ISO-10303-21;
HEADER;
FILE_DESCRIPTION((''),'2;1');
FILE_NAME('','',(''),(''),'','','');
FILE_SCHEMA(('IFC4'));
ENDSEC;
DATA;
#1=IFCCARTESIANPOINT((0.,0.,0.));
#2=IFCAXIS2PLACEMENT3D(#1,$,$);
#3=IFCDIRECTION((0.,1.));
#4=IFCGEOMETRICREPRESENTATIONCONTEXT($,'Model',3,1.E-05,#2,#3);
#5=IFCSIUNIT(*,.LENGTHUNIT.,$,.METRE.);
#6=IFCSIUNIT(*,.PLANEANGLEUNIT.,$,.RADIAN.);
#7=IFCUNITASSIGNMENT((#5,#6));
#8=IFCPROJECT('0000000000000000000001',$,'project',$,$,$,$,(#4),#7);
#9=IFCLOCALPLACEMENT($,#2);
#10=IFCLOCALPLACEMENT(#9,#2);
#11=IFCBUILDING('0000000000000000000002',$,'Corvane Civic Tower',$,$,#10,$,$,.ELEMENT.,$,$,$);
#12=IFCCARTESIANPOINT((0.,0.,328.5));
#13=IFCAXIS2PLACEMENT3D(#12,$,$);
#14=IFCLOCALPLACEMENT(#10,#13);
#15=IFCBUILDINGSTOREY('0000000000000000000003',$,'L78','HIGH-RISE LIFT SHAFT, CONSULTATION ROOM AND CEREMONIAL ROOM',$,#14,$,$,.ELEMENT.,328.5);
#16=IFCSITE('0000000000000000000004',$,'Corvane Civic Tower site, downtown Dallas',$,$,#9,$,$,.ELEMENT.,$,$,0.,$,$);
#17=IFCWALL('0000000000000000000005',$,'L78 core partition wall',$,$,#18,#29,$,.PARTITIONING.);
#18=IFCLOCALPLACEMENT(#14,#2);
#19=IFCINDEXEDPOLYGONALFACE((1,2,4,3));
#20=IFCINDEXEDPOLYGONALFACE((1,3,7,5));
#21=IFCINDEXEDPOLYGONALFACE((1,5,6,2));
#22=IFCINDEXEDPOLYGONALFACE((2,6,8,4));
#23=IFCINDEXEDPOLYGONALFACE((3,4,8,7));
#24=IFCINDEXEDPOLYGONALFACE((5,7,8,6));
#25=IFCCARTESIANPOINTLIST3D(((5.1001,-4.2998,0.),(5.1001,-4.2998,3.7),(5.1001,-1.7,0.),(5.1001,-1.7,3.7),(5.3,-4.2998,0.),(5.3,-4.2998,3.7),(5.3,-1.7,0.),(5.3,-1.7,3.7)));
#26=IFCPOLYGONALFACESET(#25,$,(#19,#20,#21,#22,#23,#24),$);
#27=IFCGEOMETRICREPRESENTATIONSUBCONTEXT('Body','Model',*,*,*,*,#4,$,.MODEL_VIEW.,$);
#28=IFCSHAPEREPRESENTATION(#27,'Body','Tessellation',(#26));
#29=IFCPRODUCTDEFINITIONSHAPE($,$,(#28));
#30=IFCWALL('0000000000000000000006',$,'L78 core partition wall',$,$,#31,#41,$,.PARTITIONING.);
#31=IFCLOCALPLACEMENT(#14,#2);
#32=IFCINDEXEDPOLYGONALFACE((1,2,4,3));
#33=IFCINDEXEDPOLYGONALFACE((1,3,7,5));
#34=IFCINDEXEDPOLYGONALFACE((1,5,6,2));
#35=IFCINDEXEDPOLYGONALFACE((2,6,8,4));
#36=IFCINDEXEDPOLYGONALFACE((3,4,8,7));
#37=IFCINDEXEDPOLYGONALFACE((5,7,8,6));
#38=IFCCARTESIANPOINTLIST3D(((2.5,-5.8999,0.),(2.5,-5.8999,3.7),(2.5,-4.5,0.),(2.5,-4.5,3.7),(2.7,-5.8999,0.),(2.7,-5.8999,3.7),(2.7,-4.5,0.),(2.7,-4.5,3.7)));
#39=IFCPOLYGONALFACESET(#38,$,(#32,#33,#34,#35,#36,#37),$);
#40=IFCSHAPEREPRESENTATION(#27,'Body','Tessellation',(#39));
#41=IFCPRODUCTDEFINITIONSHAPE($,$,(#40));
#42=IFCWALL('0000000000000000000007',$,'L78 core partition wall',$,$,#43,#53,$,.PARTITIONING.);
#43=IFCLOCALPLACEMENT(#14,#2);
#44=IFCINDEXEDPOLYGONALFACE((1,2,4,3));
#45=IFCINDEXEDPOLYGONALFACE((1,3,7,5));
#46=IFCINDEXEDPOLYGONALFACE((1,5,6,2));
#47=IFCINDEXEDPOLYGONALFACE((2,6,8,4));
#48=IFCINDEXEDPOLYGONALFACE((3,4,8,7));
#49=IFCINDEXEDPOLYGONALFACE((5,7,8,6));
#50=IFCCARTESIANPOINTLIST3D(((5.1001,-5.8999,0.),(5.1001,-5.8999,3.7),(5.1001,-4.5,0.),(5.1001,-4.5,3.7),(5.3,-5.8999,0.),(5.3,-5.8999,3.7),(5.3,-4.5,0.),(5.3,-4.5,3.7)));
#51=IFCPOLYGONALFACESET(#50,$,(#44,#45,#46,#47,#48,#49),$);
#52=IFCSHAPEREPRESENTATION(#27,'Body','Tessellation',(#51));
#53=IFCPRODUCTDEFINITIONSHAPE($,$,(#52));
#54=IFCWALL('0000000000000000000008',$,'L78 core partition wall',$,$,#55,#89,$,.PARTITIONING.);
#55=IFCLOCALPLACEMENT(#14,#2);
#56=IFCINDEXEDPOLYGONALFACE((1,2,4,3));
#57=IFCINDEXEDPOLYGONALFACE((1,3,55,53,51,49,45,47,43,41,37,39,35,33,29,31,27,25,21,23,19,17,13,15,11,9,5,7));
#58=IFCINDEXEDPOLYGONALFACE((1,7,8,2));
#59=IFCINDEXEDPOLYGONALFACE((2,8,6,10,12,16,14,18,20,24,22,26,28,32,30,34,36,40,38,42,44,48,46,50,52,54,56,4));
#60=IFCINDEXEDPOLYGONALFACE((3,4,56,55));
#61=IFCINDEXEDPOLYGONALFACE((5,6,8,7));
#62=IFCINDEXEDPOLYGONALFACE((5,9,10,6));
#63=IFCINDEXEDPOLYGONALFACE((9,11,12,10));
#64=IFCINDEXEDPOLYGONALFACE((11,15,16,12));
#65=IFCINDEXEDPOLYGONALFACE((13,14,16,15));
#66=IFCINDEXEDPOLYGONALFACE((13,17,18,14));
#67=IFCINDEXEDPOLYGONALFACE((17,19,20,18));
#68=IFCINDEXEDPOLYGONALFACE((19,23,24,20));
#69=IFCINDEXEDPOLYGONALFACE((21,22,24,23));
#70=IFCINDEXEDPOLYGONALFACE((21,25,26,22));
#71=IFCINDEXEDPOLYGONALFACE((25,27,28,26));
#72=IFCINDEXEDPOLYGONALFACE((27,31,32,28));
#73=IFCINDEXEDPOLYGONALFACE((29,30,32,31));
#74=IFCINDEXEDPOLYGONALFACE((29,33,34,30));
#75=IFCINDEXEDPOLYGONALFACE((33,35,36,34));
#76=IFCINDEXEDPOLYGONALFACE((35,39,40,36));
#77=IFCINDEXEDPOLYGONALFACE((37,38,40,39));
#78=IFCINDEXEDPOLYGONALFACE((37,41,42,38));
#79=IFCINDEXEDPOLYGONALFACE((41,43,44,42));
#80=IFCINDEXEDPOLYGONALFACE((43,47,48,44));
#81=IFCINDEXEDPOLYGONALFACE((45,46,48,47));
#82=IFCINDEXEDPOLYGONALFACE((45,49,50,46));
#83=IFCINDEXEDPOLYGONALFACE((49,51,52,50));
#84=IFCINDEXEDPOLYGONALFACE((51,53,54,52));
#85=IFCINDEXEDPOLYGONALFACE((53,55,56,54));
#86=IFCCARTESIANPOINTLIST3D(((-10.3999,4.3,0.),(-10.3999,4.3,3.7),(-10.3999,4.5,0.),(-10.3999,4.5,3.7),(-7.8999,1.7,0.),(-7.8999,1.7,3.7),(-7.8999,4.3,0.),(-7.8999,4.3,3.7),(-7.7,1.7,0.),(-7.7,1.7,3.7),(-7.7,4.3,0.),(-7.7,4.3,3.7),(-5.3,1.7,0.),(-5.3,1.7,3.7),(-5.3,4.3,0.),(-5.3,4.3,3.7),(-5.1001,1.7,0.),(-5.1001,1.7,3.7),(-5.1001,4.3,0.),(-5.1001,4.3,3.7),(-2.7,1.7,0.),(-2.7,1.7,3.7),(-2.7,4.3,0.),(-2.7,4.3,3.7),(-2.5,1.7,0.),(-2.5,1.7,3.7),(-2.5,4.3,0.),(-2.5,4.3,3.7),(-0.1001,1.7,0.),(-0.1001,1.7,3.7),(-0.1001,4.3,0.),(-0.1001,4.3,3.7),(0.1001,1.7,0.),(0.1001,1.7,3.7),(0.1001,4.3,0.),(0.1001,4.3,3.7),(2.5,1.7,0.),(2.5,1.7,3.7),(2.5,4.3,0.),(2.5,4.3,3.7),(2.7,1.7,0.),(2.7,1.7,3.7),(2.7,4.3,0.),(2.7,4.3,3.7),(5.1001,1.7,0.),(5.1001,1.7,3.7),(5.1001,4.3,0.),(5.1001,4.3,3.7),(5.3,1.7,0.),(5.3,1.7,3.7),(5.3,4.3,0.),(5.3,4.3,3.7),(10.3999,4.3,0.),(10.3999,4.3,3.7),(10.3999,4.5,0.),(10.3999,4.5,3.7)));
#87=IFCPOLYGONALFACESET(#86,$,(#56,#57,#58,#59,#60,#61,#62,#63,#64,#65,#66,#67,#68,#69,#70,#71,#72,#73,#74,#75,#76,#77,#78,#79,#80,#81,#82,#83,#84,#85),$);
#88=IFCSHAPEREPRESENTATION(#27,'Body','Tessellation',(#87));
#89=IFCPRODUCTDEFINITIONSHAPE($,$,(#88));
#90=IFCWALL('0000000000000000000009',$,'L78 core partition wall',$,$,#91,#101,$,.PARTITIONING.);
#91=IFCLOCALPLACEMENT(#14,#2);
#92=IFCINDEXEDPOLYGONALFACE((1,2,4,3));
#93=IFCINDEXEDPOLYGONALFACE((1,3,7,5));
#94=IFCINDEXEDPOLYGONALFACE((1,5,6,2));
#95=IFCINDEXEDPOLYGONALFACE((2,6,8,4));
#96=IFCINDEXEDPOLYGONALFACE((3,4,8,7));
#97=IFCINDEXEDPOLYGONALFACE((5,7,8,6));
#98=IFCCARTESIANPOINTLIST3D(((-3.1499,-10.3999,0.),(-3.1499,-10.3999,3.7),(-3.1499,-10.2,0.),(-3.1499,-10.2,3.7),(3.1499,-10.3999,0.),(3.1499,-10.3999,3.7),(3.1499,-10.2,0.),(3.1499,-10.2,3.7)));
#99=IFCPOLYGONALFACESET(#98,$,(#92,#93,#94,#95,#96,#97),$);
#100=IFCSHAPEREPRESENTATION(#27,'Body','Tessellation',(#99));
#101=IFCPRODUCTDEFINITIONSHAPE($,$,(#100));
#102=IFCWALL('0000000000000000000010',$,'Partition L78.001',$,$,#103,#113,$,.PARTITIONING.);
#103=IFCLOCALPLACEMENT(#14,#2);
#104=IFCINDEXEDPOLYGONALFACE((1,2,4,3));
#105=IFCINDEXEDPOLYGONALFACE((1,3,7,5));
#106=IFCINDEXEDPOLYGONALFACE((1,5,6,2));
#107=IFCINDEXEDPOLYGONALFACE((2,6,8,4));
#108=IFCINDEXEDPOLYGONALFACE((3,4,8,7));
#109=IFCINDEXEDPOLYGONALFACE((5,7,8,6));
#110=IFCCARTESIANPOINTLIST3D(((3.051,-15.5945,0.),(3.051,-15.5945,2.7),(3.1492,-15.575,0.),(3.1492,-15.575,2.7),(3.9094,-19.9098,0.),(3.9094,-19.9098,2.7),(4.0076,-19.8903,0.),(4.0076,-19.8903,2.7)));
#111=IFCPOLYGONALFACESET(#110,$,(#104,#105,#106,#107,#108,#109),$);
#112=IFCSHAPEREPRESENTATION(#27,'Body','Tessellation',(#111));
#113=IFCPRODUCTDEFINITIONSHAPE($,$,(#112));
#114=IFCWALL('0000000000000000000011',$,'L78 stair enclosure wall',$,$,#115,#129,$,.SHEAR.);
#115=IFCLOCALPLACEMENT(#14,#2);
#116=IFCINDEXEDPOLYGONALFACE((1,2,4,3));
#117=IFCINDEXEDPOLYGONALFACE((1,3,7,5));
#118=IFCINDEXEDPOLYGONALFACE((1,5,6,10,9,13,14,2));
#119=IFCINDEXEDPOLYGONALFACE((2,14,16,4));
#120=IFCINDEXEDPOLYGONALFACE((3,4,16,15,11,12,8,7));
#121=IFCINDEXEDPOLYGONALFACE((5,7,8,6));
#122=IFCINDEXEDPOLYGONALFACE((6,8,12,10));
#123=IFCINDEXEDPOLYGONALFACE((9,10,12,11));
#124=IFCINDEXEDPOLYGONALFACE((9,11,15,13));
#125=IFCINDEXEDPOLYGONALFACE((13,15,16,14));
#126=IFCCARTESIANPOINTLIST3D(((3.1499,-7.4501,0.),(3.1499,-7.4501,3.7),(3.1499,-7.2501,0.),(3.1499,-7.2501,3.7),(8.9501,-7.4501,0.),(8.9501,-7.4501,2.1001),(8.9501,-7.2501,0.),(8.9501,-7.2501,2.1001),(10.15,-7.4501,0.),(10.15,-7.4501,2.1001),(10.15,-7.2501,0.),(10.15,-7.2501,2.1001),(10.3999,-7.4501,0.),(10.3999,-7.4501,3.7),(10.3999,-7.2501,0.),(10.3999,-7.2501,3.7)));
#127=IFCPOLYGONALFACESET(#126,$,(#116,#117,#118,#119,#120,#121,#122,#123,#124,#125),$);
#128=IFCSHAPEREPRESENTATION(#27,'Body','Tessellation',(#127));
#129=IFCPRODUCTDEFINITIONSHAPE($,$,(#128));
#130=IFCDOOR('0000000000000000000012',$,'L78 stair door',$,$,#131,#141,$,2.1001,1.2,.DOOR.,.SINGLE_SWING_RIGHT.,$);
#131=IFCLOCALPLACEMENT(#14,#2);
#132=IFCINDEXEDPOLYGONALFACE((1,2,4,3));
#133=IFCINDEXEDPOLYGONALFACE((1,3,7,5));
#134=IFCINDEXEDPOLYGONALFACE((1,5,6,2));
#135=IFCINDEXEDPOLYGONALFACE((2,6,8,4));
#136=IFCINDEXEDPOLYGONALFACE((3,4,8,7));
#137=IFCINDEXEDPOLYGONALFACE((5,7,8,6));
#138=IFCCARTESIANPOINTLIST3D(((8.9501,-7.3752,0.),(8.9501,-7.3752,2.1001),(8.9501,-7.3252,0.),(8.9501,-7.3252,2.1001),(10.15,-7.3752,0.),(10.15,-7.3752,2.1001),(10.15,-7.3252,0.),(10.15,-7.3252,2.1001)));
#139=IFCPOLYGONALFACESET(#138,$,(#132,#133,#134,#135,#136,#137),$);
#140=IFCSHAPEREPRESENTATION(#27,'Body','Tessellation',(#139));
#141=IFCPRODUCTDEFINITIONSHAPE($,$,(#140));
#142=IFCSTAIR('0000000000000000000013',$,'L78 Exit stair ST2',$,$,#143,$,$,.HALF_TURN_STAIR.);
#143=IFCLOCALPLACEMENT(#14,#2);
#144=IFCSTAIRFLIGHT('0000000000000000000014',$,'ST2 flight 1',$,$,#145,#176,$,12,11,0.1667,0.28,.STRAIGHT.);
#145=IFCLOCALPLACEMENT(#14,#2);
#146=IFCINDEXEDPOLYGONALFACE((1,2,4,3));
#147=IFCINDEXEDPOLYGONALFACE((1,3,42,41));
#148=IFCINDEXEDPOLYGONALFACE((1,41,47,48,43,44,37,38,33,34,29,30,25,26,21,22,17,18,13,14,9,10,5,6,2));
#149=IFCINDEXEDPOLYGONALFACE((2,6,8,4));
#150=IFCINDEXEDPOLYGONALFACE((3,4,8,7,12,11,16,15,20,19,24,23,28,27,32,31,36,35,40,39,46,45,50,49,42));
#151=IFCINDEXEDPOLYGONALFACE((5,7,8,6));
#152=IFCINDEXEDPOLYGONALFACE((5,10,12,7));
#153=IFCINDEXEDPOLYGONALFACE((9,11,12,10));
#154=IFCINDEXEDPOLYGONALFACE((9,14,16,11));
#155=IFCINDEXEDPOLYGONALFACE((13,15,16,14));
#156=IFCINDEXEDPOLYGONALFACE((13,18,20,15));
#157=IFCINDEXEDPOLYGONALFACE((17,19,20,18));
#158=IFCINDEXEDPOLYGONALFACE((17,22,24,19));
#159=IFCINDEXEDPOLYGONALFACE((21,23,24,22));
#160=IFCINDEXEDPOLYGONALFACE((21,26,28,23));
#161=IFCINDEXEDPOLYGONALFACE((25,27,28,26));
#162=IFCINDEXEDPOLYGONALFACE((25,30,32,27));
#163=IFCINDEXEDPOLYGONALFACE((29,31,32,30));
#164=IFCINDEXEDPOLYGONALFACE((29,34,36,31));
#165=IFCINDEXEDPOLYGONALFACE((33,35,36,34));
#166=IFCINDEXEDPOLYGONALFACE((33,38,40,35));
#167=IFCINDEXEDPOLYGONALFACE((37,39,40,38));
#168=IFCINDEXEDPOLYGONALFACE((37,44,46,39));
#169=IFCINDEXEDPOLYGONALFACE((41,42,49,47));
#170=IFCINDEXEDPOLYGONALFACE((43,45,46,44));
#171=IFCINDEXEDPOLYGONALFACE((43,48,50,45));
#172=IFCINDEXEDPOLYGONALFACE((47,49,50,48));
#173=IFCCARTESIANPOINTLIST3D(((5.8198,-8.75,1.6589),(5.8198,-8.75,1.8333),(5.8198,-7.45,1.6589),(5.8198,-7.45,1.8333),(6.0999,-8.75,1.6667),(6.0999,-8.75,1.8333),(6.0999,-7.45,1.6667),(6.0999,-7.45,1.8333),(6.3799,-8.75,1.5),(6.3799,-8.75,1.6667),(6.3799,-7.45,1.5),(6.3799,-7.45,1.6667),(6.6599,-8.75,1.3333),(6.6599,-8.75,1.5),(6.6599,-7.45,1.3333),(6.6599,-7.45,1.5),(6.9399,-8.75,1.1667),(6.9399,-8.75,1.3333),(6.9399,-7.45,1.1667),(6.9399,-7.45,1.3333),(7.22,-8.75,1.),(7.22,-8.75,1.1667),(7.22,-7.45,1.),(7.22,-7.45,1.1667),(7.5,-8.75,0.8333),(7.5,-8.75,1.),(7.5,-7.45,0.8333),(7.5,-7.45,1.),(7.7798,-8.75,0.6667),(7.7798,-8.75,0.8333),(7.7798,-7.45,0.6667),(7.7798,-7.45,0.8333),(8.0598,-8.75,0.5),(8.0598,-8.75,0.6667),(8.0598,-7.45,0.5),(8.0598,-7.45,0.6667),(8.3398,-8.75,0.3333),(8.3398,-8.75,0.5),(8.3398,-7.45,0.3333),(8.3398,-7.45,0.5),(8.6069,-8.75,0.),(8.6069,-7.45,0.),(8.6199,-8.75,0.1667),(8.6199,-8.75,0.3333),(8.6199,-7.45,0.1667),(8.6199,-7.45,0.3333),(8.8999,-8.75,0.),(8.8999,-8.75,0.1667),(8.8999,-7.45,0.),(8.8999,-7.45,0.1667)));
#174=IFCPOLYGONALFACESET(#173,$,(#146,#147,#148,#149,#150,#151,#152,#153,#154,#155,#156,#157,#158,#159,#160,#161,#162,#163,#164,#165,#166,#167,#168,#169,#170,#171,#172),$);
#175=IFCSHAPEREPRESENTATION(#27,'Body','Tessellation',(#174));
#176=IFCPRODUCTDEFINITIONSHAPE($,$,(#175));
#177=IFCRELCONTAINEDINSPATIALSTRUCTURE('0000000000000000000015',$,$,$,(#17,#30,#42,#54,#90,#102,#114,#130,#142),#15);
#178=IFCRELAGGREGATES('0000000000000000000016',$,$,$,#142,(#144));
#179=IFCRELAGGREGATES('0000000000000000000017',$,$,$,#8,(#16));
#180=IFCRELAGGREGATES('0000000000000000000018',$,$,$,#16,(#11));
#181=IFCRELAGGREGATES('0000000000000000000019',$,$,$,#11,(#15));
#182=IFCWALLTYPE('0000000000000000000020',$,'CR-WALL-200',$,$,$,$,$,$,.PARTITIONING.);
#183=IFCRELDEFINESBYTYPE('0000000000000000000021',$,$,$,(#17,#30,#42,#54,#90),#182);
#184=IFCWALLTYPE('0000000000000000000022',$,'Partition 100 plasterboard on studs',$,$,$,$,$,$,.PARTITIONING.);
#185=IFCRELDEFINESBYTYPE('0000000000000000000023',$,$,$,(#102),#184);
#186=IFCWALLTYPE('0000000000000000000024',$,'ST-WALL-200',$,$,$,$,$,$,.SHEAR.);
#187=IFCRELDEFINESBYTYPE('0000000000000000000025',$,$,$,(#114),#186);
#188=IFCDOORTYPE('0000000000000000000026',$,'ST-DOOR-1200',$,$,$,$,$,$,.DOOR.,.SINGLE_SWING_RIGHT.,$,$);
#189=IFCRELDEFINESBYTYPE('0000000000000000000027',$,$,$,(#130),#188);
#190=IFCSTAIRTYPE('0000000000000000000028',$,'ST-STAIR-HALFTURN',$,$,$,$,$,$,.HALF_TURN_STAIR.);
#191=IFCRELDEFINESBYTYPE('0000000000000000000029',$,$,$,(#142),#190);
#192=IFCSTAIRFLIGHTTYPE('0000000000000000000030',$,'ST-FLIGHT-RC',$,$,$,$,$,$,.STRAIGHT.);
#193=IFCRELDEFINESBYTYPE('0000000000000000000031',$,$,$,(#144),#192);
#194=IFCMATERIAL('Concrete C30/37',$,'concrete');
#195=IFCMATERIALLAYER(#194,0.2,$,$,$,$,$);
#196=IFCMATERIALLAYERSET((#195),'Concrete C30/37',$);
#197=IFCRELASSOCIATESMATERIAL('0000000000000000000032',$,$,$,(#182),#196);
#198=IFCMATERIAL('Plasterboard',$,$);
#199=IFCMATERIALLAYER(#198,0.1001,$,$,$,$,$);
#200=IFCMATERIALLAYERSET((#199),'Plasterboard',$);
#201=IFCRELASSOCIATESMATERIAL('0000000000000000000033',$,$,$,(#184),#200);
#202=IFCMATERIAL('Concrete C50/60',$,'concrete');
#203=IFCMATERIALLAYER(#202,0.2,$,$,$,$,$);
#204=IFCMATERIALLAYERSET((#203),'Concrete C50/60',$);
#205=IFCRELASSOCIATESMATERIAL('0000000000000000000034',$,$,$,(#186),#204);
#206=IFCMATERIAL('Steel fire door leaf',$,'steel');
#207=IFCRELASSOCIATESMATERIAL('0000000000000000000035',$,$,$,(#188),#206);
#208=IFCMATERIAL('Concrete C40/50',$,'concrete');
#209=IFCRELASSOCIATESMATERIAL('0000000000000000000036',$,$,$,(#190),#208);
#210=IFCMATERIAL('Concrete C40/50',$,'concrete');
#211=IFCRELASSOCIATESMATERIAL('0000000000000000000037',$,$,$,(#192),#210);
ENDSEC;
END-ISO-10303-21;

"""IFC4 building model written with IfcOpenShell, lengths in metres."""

from ifc_helpers import new_model, si_unit, direction, frame, frame_2d, origin, place, context, subcontext, project, spatial, polyline, rectangle, outline, extrude, material, layer, layer_set, type_object, element, fill, aggregate, save


model = new_model("IFC4")

# Units and contexts
model_context = context("Model", 3, precision=1e-05, world=origin(), true_north=direction((0.0, 1.0)))
body_context = subcontext(model_context, "Body", "Model", "MODEL_VIEW")
ifc_project = project(units=[si_unit("LENGTHUNIT", "METRE"), si_unit("PLANEANGLEUNIT", "RADIAN")], contexts=[model_context])

# Site, building, storey
site_placement = place(None, origin())
site = spatial("IfcSite", under=ifc_project, at=site_placement, Name="Corvane Civic Tower site, downtown Dallas", CompositionType="ELEMENT", RefElevation=0.0)
building_placement = place(site_placement, origin())
building = spatial("IfcBuilding", under=site, at=building_placement, Name="Corvane Civic Tower", CompositionType="ELEMENT")
storey_placement = place(building_placement, frame((0.0, 0.0, 328.5)))
storey = spatial("IfcBuildingStorey", under=building, at=storey_placement, Name="L78", Description="HIGH-RISE LIFT SHAFT, CONSULTATION ROOM AND CEREMONIAL ROOM", CompositionType="ELEMENT", Elevation=328.5)

# Shared definitions
ifc_material_1 = material(Name="Concrete C30/37", Category="concrete")
ifc_layer_1 = layer(ifc_material_1, 0.2)
ifc_layer_set_1 = layer_set([ifc_layer_1], Name="Concrete C30/37")
wall_type_1 = type_object("IfcWallType", Name="CR-WALL-200", PredefinedType="PARTITIONING", material=ifc_layer_set_1)

# Walls
wall_1_placement = place(storey_placement, origin())
element("IfcWall", 1, at=wall_1_placement, inside=storey, type_object=wall_type_1, Name="L78 core partition wall", PredefinedType="PARTITIONING", context=body_context, shape_type="SweptSolid", body=[
    extrude(outline(polyline([(5.3, -1.7), (5.3, -4.2998), (5.1001, -4.2998), (5.1001, -1.7), (5.3, -1.7)])), origin(), (0.0, 0.0, 1.0), 3.7),
])
wall_2_placement = place(storey_placement, origin())
element("IfcWall", 2, at=wall_2_placement, inside=storey, type_object=wall_type_1, Name="L78 core partition wall", PredefinedType="PARTITIONING", context=body_context, shape_type="SweptSolid", body=[
    extrude(outline(polyline([(2.7, -5.8999), (2.5, -5.8999), (2.5, -4.5), (2.7, -4.5), (2.7, -5.8999)])), origin(), (0.0, 0.0, 1.0), 3.7),
])
wall_3_placement = place(storey_placement, origin())
element("IfcWall", 3, at=wall_3_placement, inside=storey, type_object=wall_type_1, Name="L78 core partition wall", PredefinedType="PARTITIONING", context=body_context, shape_type="SweptSolid", body=[
    extrude(outline(polyline([(5.3, -5.8999), (5.1001, -5.8999), (5.1001, -4.5), (5.3, -4.5), (5.3, -5.8999)])), origin(), (0.0, 0.0, 1.0), 3.7),
])
wall_4_placement = place(storey_placement, origin())
element("IfcWall", 4, at=wall_4_placement, inside=storey, type_object=wall_type_1, Name="L78 core partition wall", PredefinedType="PARTITIONING", context=body_context, shape_type="SweptSolid", body=[
    extrude(outline(polyline([(-7.7, 1.7), (-7.8999, 1.7), (-7.8999, 4.3), (-10.3999, 4.3), (-10.3999, 4.5), (10.3999, 4.5), (10.3999, 4.3), (5.3, 4.3), (5.3, 1.7), (5.1001, 1.7), (5.1001, 4.3), (2.7, 4.3), (2.7, 1.7), (2.5, 1.7), (2.5, 4.3), (0.1001, 4.3), (0.1001, 1.7), (-0.1001, 1.7), (-0.1001, 4.3), (-2.5, 4.3), (-2.5, 1.7), (-2.7, 1.7), (-2.7, 4.3), (-5.1001, 4.3), (-5.1001, 1.7), (-5.3, 1.7), (-5.3, 4.3), (-7.7, 4.3), (-7.7, 1.7)])), origin(), (0.0, 0.0, 1.0), 3.7),
])
wall_5_placement = place(storey_placement, origin())
element("IfcWall", 5, at=wall_5_placement, inside=storey, type_object=wall_type_1, Name="L78 core partition wall", PredefinedType="PARTITIONING", context=body_context, shape_type="SweptSolid", body=[
    extrude(outline(polyline([(3.1499, -10.2), (3.1499, -10.3999), (-3.1499, -10.3999), (-3.1499, -10.2), (3.1499, -10.2)])), origin(), (0.0, 0.0, 1.0), 3.7),
])
ifc_material_2 = material(Name="Plasterboard")
ifc_layer_2 = layer(ifc_material_2, 0.1001)
ifc_layer_set_2 = layer_set([ifc_layer_2], Name="Plasterboard")
wall_type_2 = type_object("IfcWallType", Name="Partition 100 plasterboard on studs", PredefinedType="PARTITIONING", material=ifc_layer_set_2)
wall_6_placement = place(storey_placement, frame((3.1001, -15.5847, 0.0), z_axis=(0.0, 0.0, 1.0), x_axis=(0.195092, -0.980785, 0.0)))
element("IfcWall", 6, at=wall_6_placement, inside=storey, type_object=wall_type_2, Name="Partition L78.001", PredefinedType="PARTITIONING", context=body_context, shape_type="SweptSolid", body=[
    extrude(rectangle(XDim=4.3999, YDim=0.1001, at=frame_2d((2.2, 0.0))), origin(), (0.0, 0.0, 1.0), 2.7),
])

# Wall, opening, door
ifc_material_3 = material(Name="Concrete C50/60", Category="concrete")
ifc_layer_3 = layer(ifc_material_3, 0.2)
ifc_layer_set_3 = layer_set([ifc_layer_3], Name="Concrete C50/60")
wall_type_3 = type_object("IfcWallType", Name="ST-WALL-200", PredefinedType="SHEAR", material=ifc_layer_set_3)
wall_7_placement = place(storey_placement, frame((3.1499, -7.3501, 0.0), z_axis=(0.0, 0.0, 1.0), x_axis=(1.0, 0.0, 0.0)))
wall_7 = element("IfcWall", 7, at=wall_7_placement, inside=storey, type_object=wall_type_3, Name="L78 stair enclosure wall", PredefinedType="SHEAR", context=body_context, shape_type="SweptSolid", body=[
    extrude(rectangle(XDim=7.25, YDim=0.2, at=frame_2d((3.625, 0.0))), origin(), (0.0, 0.0, 1.0), 3.7),
])
opening_1_placement = place(wall_7_placement, frame((5.8, 0.0, 0.0)))
opening_1 = element("IfcOpeningElement", 8, at=opening_1_placement, cuts=wall_7, PredefinedType="OPENING", context=body_context, shape_type="SweptSolid", body=[
    extrude(rectangle(XDim=1.2, YDim=2.1001, at=frame_2d((0.6001, 1.05))), frame((0.0, 0.1099, 0.0), z_axis=(0.0, -1.0, 0.0), x_axis=(1.0, 0.0, 0.0)), (0.0, 0.0, 1.0), 0.22),
])
ifc_material_4 = material(Name="Steel fire door leaf", Category="steel")
door_type_1 = type_object("IfcDoorType", Name="ST-DOOR-1200", OperationType="SINGLE_SWING_RIGHT", PredefinedType="DOOR", material=ifc_material_4)
door_1_placement = place(opening_1_placement, origin())
door_1 = element("IfcDoor", 9, at=door_1_placement, inside=storey, type_object=door_type_1, Name="L78 stair door", OperationType="SINGLE_SWING_RIGHT", OverallHeight=2.1001, OverallWidth=1.2, PredefinedType="DOOR", context=body_context, shape_type="SweptSolid", body=[
    extrude(rectangle(XDim=1.2, YDim=2.1001, at=frame_2d((0.6001, 1.05))), frame((0.0, 0.0249, 0.0), z_axis=(0.0, -1.0, 0.0), x_axis=(1.0, 0.0, 0.0)), (0.0, 0.0, 1.0), 0.05),
])
fill(opening_1, door_1)

# Stair, stair flight
ifc_material_5 = material(Name="Concrete C40/50", Category="concrete")
stair_type = type_object("IfcStairType", Name="ST-STAIR-HALFTURN", PredefinedType="HALF_TURN_STAIR", material=ifc_material_5)
stair_placement = place(storey_placement, origin())
stair = element("IfcStair", 10, at=stair_placement, inside=storey, type_object=stair_type, Name="L78 Exit stair ST2", PredefinedType="HALF_TURN_STAIR")
ifc_material_6 = material(Name="Concrete C40/50", Category="concrete")
stair_flight_type = type_object("IfcStairFlightType", Name="ST-FLIGHT-RC", PredefinedType="STRAIGHT", material=ifc_material_6)
stair_flight_1_placement = place(storey_placement, frame((8.8999, -8.1001, 0.0), z_axis=(0.0, 0.0, 1.0), x_axis=(-1.0, 0.0, 0.0)))
stair_flight_1 = element("IfcStairFlight", 11, at=stair_flight_1_placement, type_object=stair_flight_type, Name="ST2 flight 1", NumberOfRisers=12, NumberOfTreads=11, PredefinedType="STRAIGHT", RiserHeight=0.1667, TreadLength=0.28, context=body_context, shape_type="SweptSolid", body=[
    extrude(outline(polyline([(0.0, 0.0), (0.0, 0.1667), (0.28, 0.1667), (0.28, 0.3333), (0.5601, 0.3333), (0.5601, 0.5), (0.8401, 0.5), (0.8401, 0.6667), (1.1201, 0.6667), (1.1201, 0.8333), (1.3999, 0.8333), (1.3999, 1.0), (1.6799, 1.0), (1.6799, 1.1667), (1.96, 1.1667), (1.96, 1.3333), (2.24, 1.3333), (2.24, 1.5), (2.52, 1.5), (2.52, 1.6667), (2.8, 1.6667), (2.8, 1.8333), (3.0801, 1.8333), (3.0801, 2.0), (3.0801, 1.6589), (0.293, 0.0), (0.0, 0.0)])), frame((0.0, 0.6499, 0.0), z_axis=(0.0, -1.0, 0.0), x_axis=(1.0, 0.0, 0.0)), (0.0, 0.0, 1.0), 1.3),
])
aggregate(stair, [stair_flight_1])

save(model, "model.ifc")
